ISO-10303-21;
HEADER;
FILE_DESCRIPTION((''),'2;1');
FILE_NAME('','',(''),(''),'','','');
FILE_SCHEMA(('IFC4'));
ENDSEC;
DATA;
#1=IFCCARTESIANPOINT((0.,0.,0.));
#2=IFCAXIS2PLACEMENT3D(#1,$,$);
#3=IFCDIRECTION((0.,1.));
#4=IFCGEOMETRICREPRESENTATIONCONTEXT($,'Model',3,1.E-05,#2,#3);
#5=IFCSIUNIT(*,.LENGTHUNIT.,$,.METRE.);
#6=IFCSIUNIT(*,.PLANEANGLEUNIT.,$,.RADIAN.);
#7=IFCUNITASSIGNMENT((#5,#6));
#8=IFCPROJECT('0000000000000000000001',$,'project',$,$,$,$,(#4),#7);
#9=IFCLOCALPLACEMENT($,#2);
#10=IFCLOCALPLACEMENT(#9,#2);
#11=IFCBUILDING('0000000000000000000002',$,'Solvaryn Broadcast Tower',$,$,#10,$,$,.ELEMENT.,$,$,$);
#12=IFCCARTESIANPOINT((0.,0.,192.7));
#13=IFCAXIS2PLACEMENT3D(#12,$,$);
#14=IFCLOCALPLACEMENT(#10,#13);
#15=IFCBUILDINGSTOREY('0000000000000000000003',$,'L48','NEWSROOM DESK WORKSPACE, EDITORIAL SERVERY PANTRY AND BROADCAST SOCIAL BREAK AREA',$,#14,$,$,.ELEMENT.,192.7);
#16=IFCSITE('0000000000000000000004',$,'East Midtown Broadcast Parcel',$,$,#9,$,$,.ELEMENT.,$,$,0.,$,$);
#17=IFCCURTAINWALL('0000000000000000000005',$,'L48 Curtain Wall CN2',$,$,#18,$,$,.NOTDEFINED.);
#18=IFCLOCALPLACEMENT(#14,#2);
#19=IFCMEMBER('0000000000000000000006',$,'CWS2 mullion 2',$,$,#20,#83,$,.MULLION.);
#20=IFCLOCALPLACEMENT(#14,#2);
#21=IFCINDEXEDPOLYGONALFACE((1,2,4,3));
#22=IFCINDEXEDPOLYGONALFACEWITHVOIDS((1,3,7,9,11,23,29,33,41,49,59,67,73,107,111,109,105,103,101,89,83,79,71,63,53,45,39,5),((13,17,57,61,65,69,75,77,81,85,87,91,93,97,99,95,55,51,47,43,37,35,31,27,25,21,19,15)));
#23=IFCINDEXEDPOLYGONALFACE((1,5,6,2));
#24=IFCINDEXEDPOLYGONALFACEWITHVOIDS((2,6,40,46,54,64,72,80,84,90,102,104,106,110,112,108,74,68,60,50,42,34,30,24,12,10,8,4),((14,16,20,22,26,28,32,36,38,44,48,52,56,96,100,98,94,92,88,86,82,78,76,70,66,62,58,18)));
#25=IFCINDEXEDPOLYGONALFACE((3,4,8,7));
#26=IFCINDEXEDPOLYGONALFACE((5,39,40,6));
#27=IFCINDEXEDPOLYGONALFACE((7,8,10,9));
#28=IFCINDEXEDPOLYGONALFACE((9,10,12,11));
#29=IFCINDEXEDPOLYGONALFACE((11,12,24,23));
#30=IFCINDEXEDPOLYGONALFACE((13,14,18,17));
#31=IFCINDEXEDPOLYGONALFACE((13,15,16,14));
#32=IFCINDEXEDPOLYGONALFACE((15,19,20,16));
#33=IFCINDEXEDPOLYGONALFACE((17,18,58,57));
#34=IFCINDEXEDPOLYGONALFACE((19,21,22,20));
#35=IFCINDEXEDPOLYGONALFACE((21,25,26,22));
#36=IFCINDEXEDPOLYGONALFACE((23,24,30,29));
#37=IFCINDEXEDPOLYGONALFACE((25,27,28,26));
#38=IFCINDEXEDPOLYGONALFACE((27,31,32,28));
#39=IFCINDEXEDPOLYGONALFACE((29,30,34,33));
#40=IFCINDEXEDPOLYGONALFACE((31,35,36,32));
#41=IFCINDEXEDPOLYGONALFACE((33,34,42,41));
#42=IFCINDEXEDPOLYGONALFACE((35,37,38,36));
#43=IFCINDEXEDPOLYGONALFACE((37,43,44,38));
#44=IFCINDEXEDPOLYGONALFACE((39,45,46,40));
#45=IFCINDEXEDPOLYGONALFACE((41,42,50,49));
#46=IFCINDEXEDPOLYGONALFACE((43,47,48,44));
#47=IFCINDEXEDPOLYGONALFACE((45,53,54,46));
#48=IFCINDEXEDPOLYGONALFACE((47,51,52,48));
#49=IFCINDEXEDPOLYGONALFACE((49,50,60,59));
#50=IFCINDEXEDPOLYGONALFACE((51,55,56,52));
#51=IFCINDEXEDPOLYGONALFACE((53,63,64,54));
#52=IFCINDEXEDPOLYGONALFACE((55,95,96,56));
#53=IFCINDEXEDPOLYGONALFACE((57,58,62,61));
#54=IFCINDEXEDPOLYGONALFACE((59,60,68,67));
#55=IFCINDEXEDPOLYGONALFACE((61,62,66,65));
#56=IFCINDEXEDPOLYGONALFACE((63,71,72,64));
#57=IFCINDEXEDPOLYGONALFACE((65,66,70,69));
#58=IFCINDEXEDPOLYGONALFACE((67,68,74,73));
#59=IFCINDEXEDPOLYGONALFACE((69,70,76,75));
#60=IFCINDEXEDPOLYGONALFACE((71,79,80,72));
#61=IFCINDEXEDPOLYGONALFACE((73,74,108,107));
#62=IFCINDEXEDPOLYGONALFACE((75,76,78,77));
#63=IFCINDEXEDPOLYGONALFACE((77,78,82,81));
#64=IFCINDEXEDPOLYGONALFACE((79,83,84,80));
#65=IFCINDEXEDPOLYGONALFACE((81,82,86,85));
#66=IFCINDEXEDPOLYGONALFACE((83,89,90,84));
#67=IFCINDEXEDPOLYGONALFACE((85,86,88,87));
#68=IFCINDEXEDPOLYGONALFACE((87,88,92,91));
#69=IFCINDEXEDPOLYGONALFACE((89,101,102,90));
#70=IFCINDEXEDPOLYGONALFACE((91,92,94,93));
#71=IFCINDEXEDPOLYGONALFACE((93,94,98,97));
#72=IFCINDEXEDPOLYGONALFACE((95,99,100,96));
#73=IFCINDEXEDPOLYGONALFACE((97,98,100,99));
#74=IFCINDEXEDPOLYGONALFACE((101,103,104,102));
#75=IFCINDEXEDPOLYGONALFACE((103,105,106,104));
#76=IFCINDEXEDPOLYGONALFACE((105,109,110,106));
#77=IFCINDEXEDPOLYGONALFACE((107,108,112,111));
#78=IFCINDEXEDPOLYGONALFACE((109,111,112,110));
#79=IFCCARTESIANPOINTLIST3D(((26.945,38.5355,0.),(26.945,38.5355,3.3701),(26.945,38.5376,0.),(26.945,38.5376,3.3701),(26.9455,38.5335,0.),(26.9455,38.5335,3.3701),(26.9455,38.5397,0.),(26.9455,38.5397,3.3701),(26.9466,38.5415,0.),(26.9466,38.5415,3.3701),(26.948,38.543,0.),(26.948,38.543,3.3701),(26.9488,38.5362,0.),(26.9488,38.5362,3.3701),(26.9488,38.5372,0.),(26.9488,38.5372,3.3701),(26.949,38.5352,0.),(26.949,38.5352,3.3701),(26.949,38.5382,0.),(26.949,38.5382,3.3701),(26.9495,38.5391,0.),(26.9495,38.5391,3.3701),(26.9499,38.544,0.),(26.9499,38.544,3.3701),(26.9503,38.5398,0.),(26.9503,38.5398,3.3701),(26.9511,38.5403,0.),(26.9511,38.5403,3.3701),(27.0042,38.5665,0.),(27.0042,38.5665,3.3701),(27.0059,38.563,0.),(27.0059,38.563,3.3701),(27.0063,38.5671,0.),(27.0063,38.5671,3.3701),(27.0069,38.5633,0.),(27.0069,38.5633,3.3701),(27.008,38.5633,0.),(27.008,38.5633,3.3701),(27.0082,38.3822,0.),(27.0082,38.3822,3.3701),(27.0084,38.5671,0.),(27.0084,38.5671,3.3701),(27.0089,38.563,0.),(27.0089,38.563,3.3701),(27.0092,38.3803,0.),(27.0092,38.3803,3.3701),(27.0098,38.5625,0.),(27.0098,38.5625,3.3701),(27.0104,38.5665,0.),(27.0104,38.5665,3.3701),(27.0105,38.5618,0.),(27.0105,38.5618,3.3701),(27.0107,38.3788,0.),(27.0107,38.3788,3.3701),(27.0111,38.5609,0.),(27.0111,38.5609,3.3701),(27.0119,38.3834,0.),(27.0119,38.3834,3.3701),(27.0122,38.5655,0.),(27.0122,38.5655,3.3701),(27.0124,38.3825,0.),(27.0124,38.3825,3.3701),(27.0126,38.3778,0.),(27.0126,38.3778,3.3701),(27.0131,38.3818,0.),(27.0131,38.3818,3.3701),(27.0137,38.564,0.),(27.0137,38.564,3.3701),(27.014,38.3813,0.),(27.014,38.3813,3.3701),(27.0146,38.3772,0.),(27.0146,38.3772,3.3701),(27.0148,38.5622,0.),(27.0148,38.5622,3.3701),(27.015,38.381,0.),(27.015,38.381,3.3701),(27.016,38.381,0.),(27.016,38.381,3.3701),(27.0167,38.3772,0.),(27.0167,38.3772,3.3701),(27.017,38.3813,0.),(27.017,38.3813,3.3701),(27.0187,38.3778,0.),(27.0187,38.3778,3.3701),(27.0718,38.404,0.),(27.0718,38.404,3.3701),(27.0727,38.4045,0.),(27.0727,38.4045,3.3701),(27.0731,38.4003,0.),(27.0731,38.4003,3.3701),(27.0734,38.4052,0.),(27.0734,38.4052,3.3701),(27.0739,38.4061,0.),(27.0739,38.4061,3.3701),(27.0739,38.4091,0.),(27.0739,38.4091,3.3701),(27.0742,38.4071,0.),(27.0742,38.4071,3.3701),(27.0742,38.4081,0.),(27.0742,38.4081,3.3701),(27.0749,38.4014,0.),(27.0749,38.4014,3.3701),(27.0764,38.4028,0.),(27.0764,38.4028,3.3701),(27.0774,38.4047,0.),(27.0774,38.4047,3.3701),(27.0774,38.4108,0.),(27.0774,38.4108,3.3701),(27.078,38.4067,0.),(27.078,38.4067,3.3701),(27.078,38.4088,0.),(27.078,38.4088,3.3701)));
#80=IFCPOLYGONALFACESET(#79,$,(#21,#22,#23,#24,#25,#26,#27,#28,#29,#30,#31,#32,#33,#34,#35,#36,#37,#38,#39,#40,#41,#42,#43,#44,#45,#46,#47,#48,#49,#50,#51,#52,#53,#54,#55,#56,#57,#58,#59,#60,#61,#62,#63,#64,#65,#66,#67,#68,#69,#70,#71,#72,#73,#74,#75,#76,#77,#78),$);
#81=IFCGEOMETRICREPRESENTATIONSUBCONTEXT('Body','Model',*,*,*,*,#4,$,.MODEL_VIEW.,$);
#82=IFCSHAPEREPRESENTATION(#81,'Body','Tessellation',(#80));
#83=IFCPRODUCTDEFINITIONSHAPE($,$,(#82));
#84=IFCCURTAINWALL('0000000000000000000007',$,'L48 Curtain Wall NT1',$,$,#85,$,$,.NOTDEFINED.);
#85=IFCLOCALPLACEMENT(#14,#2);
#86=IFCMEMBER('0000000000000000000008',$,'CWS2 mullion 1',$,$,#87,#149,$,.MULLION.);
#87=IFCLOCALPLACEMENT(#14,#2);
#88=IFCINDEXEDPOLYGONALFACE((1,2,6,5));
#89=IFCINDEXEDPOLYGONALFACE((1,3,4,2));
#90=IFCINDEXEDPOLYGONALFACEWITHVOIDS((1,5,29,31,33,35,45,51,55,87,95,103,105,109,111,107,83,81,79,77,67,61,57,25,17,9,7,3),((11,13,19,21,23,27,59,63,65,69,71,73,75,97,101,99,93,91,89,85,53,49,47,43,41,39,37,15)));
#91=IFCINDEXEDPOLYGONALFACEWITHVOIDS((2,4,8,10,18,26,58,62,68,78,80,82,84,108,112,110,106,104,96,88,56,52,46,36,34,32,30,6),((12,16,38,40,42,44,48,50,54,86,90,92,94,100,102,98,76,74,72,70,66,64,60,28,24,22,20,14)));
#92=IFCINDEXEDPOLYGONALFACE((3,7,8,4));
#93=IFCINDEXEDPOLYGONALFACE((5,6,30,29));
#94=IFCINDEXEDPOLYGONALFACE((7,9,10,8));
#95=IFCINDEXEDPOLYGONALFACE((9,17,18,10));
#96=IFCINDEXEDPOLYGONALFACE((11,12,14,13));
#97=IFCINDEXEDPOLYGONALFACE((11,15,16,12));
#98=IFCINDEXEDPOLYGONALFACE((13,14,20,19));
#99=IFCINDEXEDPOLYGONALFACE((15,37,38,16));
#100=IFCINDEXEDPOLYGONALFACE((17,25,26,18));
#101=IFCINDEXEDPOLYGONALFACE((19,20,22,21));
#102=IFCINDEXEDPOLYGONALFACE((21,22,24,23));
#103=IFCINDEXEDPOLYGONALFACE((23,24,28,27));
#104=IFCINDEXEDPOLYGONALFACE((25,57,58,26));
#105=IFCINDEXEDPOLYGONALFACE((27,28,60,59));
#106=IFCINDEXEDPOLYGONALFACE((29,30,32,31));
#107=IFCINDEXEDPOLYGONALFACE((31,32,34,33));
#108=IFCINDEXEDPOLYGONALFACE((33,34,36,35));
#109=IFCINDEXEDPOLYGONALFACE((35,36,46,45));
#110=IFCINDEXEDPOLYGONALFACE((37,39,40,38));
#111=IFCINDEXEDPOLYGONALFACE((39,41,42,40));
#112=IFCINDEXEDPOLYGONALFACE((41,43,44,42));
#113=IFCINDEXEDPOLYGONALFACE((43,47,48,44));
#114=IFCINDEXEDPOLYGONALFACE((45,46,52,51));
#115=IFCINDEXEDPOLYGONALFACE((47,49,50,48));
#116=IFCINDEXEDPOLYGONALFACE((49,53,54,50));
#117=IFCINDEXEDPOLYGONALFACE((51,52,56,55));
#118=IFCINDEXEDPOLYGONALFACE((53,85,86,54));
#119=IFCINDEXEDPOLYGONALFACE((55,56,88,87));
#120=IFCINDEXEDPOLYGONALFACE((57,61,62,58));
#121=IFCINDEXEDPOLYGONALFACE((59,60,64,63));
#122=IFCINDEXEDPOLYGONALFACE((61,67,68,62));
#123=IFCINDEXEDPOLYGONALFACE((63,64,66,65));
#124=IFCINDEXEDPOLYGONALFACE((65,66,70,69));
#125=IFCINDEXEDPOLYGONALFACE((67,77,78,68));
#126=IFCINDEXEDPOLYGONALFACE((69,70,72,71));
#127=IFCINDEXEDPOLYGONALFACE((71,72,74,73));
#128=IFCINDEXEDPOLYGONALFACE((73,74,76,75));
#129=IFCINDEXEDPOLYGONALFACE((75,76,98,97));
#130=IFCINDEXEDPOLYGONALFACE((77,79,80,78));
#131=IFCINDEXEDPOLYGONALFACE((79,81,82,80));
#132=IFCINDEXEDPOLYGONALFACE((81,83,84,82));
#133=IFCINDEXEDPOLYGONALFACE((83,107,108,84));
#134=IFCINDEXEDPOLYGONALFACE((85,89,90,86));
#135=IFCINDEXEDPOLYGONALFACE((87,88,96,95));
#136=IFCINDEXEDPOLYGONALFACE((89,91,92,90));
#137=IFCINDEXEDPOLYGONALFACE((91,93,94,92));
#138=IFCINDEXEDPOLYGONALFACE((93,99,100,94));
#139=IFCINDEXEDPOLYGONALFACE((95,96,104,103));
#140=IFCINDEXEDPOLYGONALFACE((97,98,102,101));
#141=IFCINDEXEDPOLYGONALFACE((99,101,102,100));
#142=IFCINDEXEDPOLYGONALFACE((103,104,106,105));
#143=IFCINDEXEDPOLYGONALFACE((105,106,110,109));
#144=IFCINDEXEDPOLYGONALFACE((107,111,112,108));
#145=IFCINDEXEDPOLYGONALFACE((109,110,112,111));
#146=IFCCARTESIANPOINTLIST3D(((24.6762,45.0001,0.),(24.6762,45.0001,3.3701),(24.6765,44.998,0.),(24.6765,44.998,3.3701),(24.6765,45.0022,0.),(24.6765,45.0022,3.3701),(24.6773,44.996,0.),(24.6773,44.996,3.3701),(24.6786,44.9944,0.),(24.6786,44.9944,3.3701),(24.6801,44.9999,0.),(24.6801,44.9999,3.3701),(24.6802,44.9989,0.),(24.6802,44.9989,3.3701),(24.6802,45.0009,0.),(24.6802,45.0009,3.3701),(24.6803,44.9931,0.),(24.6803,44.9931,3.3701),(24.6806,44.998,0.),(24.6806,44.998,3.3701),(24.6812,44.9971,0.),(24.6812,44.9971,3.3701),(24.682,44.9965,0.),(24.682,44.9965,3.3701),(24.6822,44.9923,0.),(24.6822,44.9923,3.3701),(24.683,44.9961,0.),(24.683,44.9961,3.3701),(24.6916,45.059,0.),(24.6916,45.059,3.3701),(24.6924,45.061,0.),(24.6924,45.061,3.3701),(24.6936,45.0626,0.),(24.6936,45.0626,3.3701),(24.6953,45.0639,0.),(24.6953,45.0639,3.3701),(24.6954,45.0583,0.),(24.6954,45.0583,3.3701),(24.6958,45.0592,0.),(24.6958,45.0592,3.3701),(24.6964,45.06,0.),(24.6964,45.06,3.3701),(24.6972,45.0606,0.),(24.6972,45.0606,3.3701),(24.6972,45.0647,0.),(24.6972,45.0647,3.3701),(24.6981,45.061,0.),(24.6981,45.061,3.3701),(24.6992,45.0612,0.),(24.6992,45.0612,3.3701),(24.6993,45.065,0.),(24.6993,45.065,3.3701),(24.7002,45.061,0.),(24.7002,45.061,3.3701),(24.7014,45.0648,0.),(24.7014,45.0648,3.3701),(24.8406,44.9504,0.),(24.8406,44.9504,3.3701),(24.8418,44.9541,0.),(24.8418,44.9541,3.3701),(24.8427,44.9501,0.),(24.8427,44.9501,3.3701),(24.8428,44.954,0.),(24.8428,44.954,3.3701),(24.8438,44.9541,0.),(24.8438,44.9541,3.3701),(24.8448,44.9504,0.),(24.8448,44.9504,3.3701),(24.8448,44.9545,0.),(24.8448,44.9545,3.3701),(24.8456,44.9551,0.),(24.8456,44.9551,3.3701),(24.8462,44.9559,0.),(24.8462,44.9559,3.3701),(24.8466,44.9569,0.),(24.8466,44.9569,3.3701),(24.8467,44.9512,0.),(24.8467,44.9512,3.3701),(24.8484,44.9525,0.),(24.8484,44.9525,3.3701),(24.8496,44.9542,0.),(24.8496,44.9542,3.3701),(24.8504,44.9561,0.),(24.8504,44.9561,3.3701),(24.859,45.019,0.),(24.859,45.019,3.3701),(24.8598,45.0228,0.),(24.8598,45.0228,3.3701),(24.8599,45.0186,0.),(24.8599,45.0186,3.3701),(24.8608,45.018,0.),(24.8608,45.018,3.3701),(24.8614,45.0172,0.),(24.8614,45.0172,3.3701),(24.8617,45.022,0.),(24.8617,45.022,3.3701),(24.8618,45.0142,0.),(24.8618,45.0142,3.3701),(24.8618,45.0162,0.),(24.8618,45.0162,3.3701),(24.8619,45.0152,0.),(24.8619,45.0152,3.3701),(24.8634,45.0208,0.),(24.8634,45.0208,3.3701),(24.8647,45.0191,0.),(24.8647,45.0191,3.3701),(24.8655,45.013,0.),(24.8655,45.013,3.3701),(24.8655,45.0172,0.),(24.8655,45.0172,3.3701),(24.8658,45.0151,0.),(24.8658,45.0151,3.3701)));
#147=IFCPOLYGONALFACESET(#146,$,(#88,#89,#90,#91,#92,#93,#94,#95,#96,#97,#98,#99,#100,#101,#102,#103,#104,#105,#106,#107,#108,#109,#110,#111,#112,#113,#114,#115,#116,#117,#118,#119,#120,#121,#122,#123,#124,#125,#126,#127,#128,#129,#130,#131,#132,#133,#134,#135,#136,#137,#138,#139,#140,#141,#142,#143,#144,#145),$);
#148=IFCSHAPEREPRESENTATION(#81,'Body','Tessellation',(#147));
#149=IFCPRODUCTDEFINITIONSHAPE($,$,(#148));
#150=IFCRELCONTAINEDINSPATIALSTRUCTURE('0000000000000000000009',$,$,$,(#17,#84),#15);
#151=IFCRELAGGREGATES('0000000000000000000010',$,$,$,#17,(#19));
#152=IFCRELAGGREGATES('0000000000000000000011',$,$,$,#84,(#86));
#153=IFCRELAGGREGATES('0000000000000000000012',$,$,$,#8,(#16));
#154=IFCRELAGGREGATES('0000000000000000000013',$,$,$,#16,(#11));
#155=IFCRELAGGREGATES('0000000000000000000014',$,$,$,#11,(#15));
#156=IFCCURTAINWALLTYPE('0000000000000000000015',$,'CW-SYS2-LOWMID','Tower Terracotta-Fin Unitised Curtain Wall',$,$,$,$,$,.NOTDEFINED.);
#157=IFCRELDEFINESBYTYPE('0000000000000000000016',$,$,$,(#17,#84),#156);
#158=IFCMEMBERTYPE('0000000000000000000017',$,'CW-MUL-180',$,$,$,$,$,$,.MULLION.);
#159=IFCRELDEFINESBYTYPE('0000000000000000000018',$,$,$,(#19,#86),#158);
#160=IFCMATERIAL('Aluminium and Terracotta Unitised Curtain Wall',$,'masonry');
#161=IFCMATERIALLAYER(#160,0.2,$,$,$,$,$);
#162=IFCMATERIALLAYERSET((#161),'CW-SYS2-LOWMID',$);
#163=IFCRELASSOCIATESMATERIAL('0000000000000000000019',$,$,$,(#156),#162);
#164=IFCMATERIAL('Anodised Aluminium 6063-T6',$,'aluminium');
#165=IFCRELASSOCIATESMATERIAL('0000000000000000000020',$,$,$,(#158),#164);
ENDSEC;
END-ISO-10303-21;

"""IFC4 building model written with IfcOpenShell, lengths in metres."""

from ifc_helpers import new_model, si_unit, direction, frame, origin, origin_2d, place, context, subcontext, project, spatial, hollow_rectangle, extrude, material, layer, layer_set, material_profile, profile_set, type_object, element, aggregate, save


model = new_model("IFC4")

# Units and contexts
model_context = context("Model", 3, precision=1e-05, world=origin(), true_north=direction((0.0, 1.0)))
body_context = subcontext(model_context, "Body", "Model", "MODEL_VIEW")
ifc_project = project(units=[si_unit("LENGTHUNIT", "METRE"), si_unit("PLANEANGLEUNIT", "RADIAN")], contexts=[model_context])

# Site, building, storey
site_placement = place(None, origin())
site = spatial("IfcSite", under=ifc_project, at=site_placement, Name="East Midtown Broadcast Parcel", CompositionType="ELEMENT", RefElevation=0.0)
building_placement = place(site_placement, origin())
building = spatial("IfcBuilding", under=site, at=building_placement, Name="Solvaryn Broadcast Tower", CompositionType="ELEMENT")
storey_placement = place(building_placement, frame((0.0, 0.0, 192.7)))
storey = spatial("IfcBuildingStorey", under=building, at=storey_placement, Name="L48", Description="NEWSROOM DESK WORKSPACE, EDITORIAL SERVERY PANTRY AND BROADCAST SOCIAL BREAK AREA", CompositionType="ELEMENT", Elevation=192.7)

# Shared definitions
ifc_material_1 = material(Name="Aluminium and Terracotta Unitised Curtain Wall", Category="masonry")
ifc_layer_1 = layer(ifc_material_1, 0.2)
ifc_layer_set_1 = layer_set([ifc_layer_1], Name="CW-SYS2-LOWMID")
curtain_wall_type = type_object("IfcCurtainWallType", Name="CW-SYS2-LOWMID", Description="Tower Terracotta-Fin Unitised Curtain Wall", PredefinedType="NOTDEFINED", material=ifc_layer_set_1)
ifc_material_2 = material(Name="Anodised Aluminium 6063-T6", Category="aluminium")
ifc_material_profile_1 = material_profile(ifc_material_2, hollow_rectangle(XDim=0.075, YDim=0.1799, WallThickness=0.0039, InnerFilletRadius=0.0039, OuterFilletRadius=0.0081, at=origin_2d()))
ifc_profile_set_1 = profile_set([ifc_material_profile_1], Name="Anodised Aluminium 6063-T6")
member_type_1 = type_object("IfcMemberType", Name="CW-MUL-180", PredefinedType="MULLION", material=ifc_profile_set_1)

# Curtain walls, members
curtain_wall_1_placement = place(storey_placement, origin())
curtain_wall_1 = element("IfcCurtainWall", 1, at=curtain_wall_1_placement, inside=storey, type_object=curtain_wall_type, Name="L48 Curtain Wall CN2", PredefinedType="NOTDEFINED")
member_1_placement = place(storey_placement, frame((27.0115, 38.4722, 0.0), z_axis=(0.0, 0.0, 1.0), x_axis=(-0.923895, -0.382646, 0.0)))
member_1 = element("IfcMember", 2, at=member_1_placement, type_object=member_type_1, Name="CWS2 mullion 2", PredefinedType="MULLION", context=body_context, shape_type="SweptSolid", body=[
    extrude(hollow_rectangle(XDim=0.075, YDim=0.1799, WallThickness=0.0039, InnerFilletRadius=0.0039, OuterFilletRadius=0.0081, at=origin_2d()), origin(), (0.0, 0.0, 1.0), 3.3701),
])
aggregate(curtain_wall_1, [member_1])
curtain_wall_2_placement = place(storey_placement, origin())
curtain_wall_2 = element("IfcCurtainWall", 3, at=curtain_wall_2_placement, inside=storey, type_object=curtain_wall_type, Name="L48 Curtain Wall NT1", PredefinedType="NOTDEFINED")
member_2_placement = place(storey_placement, frame((24.771, 45.0076, 0.0), z_axis=(0.0, 0.0, 1.0), x_axis=(-0.255893, -0.966705, 0.0)))
member_2 = element("IfcMember", 4, at=member_2_placement, type_object=member_type_1, Name="CWS2 mullion 1", PredefinedType="MULLION", context=body_context, shape_type="SweptSolid", body=[
    extrude(hollow_rectangle(XDim=0.075, YDim=0.1799, WallThickness=0.0039, InnerFilletRadius=0.0039, OuterFilletRadius=0.0081, at=origin_2d()), origin(), (0.0, 0.0, 1.0), 3.3701),
])

aggregate(curtain_wall_2, [member_2])

save(model, "model.ifc")
